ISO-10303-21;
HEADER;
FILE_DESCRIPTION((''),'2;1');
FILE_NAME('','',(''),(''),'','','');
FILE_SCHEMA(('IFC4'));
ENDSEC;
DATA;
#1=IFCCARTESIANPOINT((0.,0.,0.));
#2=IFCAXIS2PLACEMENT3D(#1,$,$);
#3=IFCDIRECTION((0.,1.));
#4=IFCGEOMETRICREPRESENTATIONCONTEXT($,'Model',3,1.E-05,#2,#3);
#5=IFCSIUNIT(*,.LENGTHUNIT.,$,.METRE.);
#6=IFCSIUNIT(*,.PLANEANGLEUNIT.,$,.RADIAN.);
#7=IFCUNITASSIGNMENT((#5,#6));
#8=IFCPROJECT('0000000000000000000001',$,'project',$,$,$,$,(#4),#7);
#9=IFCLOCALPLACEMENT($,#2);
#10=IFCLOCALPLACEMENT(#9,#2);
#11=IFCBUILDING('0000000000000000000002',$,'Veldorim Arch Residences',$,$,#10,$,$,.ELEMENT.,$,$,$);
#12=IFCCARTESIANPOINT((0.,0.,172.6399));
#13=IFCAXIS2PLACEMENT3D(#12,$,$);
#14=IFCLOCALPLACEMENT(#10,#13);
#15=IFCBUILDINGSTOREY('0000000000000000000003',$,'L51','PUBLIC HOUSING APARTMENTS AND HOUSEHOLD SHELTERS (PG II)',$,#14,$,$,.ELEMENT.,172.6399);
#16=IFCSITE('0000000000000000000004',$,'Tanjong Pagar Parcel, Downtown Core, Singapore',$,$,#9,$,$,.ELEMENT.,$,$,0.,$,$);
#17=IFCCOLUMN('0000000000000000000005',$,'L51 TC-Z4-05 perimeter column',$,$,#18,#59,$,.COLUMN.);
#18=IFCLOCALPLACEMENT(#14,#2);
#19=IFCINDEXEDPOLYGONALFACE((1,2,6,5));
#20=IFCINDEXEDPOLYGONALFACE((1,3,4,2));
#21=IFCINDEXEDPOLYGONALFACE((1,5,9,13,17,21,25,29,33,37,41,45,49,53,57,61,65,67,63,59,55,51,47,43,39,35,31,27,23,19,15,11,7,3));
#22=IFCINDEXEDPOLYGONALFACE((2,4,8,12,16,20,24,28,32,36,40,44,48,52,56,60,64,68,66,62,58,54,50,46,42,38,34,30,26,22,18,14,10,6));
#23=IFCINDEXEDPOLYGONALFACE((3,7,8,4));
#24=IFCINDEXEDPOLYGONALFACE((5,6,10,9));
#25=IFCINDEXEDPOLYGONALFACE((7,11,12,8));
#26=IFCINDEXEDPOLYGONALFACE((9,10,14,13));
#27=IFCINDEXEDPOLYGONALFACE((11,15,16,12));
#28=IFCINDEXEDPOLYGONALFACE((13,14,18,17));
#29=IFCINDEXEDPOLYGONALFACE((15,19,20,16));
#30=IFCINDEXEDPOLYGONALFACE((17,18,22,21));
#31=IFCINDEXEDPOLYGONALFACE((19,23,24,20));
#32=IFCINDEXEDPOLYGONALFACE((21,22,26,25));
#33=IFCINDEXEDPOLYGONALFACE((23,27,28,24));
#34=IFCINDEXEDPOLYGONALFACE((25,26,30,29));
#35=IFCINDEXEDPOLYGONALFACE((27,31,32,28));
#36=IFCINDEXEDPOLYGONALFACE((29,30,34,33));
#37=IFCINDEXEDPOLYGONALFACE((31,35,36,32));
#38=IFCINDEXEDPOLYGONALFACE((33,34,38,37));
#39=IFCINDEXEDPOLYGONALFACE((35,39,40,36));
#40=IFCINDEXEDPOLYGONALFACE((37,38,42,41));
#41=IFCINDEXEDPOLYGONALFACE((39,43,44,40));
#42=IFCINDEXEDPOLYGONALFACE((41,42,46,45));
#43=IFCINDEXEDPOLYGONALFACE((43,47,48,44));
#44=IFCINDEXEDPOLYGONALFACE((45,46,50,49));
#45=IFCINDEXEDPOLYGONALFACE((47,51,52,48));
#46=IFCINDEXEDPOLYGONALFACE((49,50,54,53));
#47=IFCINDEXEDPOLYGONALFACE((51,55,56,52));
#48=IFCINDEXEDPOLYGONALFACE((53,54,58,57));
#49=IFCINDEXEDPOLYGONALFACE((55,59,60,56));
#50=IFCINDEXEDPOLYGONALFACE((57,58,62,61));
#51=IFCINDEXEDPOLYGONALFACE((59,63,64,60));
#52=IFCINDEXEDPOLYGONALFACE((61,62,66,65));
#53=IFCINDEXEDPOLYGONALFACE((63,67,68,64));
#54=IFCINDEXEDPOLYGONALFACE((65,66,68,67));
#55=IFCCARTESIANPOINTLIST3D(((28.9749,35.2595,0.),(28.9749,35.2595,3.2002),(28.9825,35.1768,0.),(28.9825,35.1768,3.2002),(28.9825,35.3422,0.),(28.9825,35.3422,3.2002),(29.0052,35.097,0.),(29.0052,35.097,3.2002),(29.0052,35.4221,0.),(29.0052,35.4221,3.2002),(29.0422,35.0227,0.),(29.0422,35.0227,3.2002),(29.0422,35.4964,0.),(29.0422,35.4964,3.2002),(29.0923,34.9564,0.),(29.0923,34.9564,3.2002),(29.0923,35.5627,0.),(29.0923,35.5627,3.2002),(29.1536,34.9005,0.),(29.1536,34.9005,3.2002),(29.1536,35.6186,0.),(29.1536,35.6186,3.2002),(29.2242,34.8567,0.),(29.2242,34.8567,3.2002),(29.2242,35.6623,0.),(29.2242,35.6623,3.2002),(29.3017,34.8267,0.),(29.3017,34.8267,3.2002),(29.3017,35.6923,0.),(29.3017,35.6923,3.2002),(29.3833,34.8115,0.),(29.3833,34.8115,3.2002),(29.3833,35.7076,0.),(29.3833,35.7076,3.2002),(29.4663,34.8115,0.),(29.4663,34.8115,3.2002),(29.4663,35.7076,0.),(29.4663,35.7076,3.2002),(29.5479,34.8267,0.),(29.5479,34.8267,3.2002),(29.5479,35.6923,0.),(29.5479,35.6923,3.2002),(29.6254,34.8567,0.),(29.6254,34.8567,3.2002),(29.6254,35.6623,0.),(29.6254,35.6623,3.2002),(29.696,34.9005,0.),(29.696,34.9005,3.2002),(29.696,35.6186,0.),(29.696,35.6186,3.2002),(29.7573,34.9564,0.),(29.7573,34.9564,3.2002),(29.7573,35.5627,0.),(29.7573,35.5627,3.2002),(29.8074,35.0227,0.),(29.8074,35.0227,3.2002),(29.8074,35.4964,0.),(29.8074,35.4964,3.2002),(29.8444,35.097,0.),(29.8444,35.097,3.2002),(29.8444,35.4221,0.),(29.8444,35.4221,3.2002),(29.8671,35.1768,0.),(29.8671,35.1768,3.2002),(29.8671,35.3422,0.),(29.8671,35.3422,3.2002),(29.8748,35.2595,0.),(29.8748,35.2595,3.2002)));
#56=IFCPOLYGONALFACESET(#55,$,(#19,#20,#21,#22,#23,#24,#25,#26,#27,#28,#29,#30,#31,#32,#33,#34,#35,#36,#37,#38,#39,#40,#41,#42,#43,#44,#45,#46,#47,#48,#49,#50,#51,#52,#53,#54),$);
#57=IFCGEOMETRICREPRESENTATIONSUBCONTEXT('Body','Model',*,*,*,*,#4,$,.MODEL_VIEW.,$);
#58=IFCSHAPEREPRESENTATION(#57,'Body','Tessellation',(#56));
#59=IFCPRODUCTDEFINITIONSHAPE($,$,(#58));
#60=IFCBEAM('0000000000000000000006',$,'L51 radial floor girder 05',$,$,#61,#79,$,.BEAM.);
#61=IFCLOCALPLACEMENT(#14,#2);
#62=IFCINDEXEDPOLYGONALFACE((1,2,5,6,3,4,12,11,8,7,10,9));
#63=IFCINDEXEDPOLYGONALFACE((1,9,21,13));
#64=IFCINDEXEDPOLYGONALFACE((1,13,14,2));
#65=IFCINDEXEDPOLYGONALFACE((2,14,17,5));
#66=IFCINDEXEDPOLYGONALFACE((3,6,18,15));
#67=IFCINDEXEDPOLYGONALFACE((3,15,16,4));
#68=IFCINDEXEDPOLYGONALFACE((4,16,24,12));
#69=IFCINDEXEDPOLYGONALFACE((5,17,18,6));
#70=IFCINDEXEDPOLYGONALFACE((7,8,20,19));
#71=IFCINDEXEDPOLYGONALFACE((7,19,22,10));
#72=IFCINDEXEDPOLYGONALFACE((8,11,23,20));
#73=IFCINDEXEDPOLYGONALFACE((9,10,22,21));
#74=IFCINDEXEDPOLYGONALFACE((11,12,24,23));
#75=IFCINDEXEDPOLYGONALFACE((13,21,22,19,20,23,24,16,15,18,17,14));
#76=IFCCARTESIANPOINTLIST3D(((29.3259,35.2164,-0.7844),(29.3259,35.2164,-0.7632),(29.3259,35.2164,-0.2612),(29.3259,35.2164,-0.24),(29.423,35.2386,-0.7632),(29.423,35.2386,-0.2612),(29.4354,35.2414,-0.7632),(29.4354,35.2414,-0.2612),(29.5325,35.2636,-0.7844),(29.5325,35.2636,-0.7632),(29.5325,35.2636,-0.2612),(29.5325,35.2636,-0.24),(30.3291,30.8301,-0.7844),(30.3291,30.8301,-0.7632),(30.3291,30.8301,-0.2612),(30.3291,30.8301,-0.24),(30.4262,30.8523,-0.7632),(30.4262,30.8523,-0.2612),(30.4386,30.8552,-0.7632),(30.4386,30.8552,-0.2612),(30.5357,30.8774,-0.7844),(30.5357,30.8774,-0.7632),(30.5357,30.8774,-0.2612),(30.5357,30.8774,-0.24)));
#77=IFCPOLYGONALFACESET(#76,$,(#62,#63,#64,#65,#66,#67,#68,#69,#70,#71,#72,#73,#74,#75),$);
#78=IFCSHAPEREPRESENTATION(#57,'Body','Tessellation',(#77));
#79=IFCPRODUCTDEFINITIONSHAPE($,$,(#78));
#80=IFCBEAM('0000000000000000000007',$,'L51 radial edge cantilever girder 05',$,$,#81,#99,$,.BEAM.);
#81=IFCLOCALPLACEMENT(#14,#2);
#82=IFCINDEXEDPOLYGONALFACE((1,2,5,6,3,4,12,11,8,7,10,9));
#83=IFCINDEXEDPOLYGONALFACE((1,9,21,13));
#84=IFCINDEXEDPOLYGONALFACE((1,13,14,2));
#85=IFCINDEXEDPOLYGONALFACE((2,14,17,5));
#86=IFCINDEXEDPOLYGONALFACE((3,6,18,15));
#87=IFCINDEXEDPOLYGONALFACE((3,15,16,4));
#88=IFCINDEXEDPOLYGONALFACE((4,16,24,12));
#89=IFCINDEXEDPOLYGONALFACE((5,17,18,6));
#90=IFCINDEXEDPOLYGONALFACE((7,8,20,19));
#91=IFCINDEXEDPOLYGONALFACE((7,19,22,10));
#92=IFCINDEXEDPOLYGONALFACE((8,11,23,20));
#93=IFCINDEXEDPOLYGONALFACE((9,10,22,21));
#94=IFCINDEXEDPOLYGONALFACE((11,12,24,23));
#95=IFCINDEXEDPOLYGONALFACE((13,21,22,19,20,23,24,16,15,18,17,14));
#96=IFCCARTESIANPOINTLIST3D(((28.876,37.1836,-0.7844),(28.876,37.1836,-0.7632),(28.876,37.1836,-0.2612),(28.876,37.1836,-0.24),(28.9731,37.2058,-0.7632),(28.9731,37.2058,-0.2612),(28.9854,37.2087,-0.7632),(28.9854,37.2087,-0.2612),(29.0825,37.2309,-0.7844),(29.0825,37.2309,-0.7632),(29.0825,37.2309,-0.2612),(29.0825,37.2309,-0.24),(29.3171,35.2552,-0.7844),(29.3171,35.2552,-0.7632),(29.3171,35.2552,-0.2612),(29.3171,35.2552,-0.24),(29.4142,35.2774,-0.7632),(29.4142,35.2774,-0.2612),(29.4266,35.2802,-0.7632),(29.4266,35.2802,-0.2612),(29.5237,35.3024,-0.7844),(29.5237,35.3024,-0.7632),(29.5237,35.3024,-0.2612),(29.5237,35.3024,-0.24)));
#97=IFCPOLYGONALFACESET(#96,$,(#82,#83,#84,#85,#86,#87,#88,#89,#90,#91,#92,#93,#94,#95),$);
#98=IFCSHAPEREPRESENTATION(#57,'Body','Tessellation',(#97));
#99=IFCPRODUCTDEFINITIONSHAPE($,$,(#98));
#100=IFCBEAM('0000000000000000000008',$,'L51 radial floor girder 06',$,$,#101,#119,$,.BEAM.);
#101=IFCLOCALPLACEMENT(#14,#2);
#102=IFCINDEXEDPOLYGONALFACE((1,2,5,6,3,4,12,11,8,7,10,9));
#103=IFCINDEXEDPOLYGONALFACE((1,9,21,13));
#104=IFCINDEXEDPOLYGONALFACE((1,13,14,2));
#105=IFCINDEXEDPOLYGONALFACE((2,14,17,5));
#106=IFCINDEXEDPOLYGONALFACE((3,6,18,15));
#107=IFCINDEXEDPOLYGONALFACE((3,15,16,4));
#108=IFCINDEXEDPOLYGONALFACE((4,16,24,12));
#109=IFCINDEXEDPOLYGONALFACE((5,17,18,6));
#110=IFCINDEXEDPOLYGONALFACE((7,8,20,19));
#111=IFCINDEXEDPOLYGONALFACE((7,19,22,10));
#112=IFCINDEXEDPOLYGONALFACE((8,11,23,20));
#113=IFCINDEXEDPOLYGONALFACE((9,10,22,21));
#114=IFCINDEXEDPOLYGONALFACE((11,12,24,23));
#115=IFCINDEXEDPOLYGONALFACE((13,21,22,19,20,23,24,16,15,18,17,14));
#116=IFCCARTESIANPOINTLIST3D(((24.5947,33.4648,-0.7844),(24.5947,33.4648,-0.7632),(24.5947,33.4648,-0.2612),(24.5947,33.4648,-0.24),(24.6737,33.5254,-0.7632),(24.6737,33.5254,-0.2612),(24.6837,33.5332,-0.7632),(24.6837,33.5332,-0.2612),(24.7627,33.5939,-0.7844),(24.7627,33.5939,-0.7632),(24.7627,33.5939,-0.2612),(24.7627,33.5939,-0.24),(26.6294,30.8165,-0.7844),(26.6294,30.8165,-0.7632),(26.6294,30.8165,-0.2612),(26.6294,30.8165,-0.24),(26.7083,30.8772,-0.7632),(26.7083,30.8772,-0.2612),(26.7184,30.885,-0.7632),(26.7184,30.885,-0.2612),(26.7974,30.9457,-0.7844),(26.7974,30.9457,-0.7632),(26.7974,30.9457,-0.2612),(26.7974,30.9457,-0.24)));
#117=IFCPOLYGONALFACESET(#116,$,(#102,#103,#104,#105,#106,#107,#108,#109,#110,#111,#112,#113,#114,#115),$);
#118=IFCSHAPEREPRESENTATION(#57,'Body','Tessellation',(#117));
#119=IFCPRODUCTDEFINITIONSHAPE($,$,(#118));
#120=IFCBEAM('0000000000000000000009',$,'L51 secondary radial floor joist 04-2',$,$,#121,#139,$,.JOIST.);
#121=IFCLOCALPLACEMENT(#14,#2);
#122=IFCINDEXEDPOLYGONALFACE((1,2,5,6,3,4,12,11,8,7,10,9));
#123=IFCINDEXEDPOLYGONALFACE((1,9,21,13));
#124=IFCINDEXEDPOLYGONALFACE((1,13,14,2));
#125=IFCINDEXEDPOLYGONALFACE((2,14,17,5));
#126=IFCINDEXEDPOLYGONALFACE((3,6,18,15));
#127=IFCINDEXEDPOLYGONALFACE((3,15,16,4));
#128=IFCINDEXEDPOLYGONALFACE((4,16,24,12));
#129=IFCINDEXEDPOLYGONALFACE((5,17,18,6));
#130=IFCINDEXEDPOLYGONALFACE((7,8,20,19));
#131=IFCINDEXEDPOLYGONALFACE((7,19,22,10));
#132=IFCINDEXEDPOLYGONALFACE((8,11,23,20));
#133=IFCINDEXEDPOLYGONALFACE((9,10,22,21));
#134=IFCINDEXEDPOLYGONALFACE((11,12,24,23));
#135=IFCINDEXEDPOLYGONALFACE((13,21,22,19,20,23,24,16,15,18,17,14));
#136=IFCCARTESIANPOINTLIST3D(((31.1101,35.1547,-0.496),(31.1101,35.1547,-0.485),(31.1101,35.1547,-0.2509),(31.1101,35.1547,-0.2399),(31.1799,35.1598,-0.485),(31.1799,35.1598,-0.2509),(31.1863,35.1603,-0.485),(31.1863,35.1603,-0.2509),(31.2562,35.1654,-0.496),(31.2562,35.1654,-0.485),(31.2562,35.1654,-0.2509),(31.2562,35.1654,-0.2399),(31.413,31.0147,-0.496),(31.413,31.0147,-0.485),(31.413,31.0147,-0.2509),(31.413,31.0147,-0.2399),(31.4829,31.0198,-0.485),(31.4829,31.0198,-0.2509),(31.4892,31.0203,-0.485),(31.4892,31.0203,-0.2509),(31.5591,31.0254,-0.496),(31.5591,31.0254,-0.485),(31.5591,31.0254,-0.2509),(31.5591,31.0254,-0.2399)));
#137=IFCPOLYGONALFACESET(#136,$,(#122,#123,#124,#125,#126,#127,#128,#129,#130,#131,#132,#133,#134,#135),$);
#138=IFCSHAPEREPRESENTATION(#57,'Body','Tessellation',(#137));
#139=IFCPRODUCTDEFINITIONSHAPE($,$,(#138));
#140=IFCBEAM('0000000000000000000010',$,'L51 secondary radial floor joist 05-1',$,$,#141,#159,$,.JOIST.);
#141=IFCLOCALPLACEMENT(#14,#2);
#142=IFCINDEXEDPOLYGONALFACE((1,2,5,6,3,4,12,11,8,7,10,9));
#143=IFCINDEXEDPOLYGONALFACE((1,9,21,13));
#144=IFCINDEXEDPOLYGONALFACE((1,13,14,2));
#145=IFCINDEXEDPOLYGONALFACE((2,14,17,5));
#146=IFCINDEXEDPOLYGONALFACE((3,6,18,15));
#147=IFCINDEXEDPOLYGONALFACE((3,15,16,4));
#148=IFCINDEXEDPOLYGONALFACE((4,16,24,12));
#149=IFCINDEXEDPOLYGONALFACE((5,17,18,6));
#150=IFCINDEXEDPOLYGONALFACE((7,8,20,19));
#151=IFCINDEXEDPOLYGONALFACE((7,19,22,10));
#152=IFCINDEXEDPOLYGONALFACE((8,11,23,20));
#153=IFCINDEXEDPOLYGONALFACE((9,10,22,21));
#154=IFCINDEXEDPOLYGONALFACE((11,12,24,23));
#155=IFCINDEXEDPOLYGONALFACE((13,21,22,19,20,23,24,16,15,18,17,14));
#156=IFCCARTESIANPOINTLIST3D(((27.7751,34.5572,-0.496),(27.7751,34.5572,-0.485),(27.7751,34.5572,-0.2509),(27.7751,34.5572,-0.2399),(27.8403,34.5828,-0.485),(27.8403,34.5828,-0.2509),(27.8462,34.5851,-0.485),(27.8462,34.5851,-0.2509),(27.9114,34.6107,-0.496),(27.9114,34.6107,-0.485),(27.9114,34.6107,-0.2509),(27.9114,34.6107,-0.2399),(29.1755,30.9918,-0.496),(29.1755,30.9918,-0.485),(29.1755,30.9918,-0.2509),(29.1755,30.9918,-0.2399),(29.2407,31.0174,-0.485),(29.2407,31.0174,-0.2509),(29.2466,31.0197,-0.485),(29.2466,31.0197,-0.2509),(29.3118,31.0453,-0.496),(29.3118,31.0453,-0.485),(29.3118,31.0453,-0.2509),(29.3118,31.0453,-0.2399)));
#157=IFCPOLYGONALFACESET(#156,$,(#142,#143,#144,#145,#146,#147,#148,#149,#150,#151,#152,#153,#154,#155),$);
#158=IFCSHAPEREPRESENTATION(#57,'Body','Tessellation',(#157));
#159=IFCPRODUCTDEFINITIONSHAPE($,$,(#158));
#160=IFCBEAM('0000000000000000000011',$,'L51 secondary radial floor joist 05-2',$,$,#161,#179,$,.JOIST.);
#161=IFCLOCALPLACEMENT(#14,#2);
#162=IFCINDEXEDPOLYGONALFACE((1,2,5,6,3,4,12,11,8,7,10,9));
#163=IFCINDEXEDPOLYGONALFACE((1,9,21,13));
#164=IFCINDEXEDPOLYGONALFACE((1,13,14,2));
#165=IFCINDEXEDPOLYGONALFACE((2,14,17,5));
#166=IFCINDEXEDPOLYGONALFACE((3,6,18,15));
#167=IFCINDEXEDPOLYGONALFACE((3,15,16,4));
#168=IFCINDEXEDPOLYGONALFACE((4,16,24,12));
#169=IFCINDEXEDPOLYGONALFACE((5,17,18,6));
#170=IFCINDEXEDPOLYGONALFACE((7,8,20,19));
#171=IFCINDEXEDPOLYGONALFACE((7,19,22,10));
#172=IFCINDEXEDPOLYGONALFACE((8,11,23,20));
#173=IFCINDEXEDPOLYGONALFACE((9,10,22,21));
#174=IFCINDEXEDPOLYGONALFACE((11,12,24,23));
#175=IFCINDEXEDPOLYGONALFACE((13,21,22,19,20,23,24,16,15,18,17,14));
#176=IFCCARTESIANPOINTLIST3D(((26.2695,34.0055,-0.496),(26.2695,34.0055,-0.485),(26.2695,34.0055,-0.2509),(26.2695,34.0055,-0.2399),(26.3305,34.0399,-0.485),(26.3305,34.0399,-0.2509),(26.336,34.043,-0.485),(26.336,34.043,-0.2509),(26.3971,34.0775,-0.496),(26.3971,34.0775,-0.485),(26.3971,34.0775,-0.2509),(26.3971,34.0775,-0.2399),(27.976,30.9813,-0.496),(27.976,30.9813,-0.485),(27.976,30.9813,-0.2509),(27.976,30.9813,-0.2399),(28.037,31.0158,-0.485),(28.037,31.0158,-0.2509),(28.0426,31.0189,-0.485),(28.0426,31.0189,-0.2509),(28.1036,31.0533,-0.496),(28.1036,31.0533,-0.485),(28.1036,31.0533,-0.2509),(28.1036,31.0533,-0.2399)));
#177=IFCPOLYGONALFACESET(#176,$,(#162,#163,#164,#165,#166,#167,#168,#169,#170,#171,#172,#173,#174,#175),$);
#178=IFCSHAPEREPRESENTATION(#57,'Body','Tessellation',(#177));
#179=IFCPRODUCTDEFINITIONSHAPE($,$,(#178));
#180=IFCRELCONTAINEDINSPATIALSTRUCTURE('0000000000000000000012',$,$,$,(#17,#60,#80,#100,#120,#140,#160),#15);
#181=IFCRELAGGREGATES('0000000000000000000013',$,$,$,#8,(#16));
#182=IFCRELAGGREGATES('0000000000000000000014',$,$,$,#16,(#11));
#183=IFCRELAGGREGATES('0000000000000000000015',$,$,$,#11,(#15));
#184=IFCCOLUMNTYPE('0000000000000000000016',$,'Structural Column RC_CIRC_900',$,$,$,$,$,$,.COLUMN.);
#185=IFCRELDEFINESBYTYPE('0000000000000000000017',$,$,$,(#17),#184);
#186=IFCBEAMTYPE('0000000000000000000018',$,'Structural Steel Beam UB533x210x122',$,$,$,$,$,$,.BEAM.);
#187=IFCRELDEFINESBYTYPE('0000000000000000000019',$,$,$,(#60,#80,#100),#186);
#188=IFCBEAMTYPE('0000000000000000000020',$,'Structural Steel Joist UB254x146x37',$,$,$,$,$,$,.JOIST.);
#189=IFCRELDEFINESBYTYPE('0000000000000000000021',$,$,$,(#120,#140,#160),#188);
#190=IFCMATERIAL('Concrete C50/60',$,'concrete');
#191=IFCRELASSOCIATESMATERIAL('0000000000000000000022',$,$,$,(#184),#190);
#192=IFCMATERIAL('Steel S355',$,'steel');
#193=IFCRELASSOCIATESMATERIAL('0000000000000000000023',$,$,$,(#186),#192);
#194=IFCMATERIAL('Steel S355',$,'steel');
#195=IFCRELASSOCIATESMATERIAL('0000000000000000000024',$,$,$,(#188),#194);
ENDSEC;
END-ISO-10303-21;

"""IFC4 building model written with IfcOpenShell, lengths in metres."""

from ifc_helpers import new_model, si_unit, direction, frame, origin, origin_2d, place, context, subcontext, project, spatial, circle, i_section, extrude, material, material_profile, profile_set, type_object, element, save


model = new_model("IFC4")

# Units and contexts
model_context = context("Model", 3, precision=1e-05, world=origin(), true_north=direction((0.0, 1.0)))
body_context = subcontext(model_context, "Body", "Model", "MODEL_VIEW")
ifc_project = project(units=[si_unit("LENGTHUNIT", "METRE"), si_unit("PLANEANGLEUNIT", "RADIAN")], contexts=[model_context])

# Site, building, storey
site_placement = place(None, origin())
site = spatial("IfcSite", under=ifc_project, at=site_placement, Name="Tanjong Pagar Parcel, Downtown Core, Singapore", CompositionType="ELEMENT", RefElevation=0.0)
building_placement = place(site_placement, origin())
building = spatial("IfcBuilding", under=site, at=building_placement, Name="Veldorim Arch Residences", CompositionType="ELEMENT")
storey_placement = place(building_placement, frame((0.0, 0.0, 172.6399)))
storey = spatial("IfcBuildingStorey", under=building, at=storey_placement, Name="L51", Description="PUBLIC HOUSING APARTMENTS AND HOUSEHOLD SHELTERS (PG II)", CompositionType="ELEMENT", Elevation=172.6399)

# Column
ifc_material_1 = material(Name="Concrete C50/60", Category="concrete")
ifc_material_profile_1 = material_profile(ifc_material_1, circle(Radius=0.45, at=origin_2d()), Name="RC_CIRC_900")
ifc_profile_set_1 = profile_set([ifc_material_profile_1], Name="Concrete C50/60")
column_type = type_object("IfcColumnType", Name="Structural Column RC_CIRC_900", PredefinedType="COLUMN", material=ifc_profile_set_1)
column_placement = place(storey_placement, frame((29.4248, 35.2595, 0.0), z_axis=(0.0, 0.0, 1.0), x_axis=(1.0, 0.0, 0.0)))
element("IfcColumn", 1, at=column_placement, inside=storey, type_object=column_type, Name="L51 TC-Z4-05 perimeter column", PredefinedType="COLUMN", context=body_context, shape_type="SweptSolid", body=[
    extrude(circle(Radius=0.45, at=origin_2d()), origin(), (0.0, 0.0, 1.0), 3.2002),
])

# Beams
ifc_material_2 = material(Name="Steel S355", Category="steel")
ifc_material_profile_2 = material_profile(ifc_material_2, i_section(OverallWidth=0.2119, OverallDepth=0.5444, WebThickness=0.0127, FlangeThickness=0.0212, at=origin_2d()), Name="UB533x210x122")
ifc_profile_set_2 = profile_set([ifc_material_profile_2], Name="Steel S355")
beam_type_1 = type_object("IfcBeamType", Name="Structural Steel Beam UB533x210x122", PredefinedType="BEAM", material=ifc_profile_set_2)
beam_1_placement = place(storey_placement, frame((30.4324, 30.8538, -0.5122), z_axis=(-0.222953, 0.974829, 0.0), x_axis=(-0.974829, -0.222953, 0.0)))
element("IfcBeam", 2, at=beam_1_placement, inside=storey, type_object=beam_type_1, Name="L51 radial floor girder 05", PredefinedType="BEAM", context=body_context, shape_type="SweptSolid", body=[
    extrude(i_section(OverallWidth=0.2119, OverallDepth=0.5444, WebThickness=0.0127, FlangeThickness=0.0212, at=origin_2d()), origin(), (0.0, 0.0, 1.0), 4.4995),
])
beam_2_placement = place(storey_placement, frame((29.4204, 35.2788, -0.5122), z_axis=(-0.223002, 0.974818, 0.0), x_axis=(-0.974818, -0.223002, 0.0)))
element("IfcBeam", 3, at=beam_2_placement, inside=storey, type_object=beam_type_1, Name="L51 radial edge cantilever girder 05", PredefinedType="BEAM", context=body_context, shape_type="SweptSolid", body=[
    extrude(i_section(OverallWidth=0.2119, OverallDepth=0.5444, WebThickness=0.0127, FlangeThickness=0.0212, at=origin_2d()), origin(), (0.0, 0.0, 1.0), 1.9783),
])
beam_3_placement = place(storey_placement, frame((26.7134, 30.8811, -0.5122), z_axis=(-0.609258, 0.792972, 0.0), x_axis=(-0.792972, -0.609258, 0.0)))
element("IfcBeam", 4, at=beam_3_placement, inside=storey, type_object=beam_type_1, Name="L51 radial floor girder 06", PredefinedType="BEAM", context=body_context, shape_type="SweptSolid", body=[
    extrude(i_section(OverallWidth=0.2119, OverallDepth=0.5444, WebThickness=0.0127, FlangeThickness=0.0212, at=origin_2d()), origin(), (0.0, 0.0, 1.0), 3.3396),
])
ifc_material_3 = material(Name="Steel S355", Category="steel")
ifc_material_profile_3 = material_profile(ifc_material_3, i_section(OverallWidth=0.1465, OverallDepth=0.2561, WebThickness=0.0063, FlangeThickness=0.011, at=origin_2d()), Name="UB254x146x37")
ifc_profile_set_3 = profile_set([ifc_material_profile_3], Name="Steel S355")
beam_type_2 = type_object("IfcBeamType", Name="Structural Steel Joist UB254x146x37", PredefinedType="JOIST", material=ifc_profile_set_3)
beam_4_placement = place(storey_placement, frame((31.4861, 31.02, -0.3679), z_axis=(-0.072986, 0.997333, 0.0), x_axis=(-0.997333, -0.072986, 0.0)))
element("IfcBeam", 5, at=beam_4_placement, inside=storey, type_object=beam_type_2, Name="L51 secondary radial floor joist 04-2", PredefinedType="JOIST", context=body_context, shape_type="SweptSolid", body=[
    extrude(i_section(OverallWidth=0.1465, OverallDepth=0.2561, WebThickness=0.0063, FlangeThickness=0.011, at=origin_2d()), origin(), (0.0, 0.0, 1.0), 4.1511),
])
beam_5_placement = place(storey_placement, frame((29.2437, 31.0186, -0.3679), z_axis=(-0.365581, 0.930779, 0.0), x_axis=(-0.930779, -0.365581, 0.0)))
element("IfcBeam", 6, at=beam_5_placement, inside=storey, type_object=beam_type_2, Name="L51 secondary radial floor joist 05-1", PredefinedType="JOIST", context=body_context, shape_type="SweptSolid", body=[
    extrude(i_section(OverallWidth=0.1465, OverallDepth=0.2561, WebThickness=0.0063, FlangeThickness=0.011, at=origin_2d()), origin(), (0.0, 0.0, 1.0), 3.8306),
])
beam_6_placement = place(storey_placement, frame((28.0398, 31.0173, -0.3679), z_axis=(-0.491452, 0.870904, 0.0), x_axis=(-0.870904, -0.491452, 0.0)))
element("IfcBeam", 7, at=beam_6_placement, inside=storey, type_object=beam_type_2, Name="L51 secondary radial floor joist 05-2", PredefinedType="JOIST", context=body_context, shape_type="SweptSolid", body=[
    extrude(i_section(OverallWidth=0.1465, OverallDepth=0.2561, WebThickness=0.0063, FlangeThickness=0.011, at=origin_2d()), origin(), (0.0, 0.0, 1.0), 3.4724),
])

save(model, "model.ifc")
